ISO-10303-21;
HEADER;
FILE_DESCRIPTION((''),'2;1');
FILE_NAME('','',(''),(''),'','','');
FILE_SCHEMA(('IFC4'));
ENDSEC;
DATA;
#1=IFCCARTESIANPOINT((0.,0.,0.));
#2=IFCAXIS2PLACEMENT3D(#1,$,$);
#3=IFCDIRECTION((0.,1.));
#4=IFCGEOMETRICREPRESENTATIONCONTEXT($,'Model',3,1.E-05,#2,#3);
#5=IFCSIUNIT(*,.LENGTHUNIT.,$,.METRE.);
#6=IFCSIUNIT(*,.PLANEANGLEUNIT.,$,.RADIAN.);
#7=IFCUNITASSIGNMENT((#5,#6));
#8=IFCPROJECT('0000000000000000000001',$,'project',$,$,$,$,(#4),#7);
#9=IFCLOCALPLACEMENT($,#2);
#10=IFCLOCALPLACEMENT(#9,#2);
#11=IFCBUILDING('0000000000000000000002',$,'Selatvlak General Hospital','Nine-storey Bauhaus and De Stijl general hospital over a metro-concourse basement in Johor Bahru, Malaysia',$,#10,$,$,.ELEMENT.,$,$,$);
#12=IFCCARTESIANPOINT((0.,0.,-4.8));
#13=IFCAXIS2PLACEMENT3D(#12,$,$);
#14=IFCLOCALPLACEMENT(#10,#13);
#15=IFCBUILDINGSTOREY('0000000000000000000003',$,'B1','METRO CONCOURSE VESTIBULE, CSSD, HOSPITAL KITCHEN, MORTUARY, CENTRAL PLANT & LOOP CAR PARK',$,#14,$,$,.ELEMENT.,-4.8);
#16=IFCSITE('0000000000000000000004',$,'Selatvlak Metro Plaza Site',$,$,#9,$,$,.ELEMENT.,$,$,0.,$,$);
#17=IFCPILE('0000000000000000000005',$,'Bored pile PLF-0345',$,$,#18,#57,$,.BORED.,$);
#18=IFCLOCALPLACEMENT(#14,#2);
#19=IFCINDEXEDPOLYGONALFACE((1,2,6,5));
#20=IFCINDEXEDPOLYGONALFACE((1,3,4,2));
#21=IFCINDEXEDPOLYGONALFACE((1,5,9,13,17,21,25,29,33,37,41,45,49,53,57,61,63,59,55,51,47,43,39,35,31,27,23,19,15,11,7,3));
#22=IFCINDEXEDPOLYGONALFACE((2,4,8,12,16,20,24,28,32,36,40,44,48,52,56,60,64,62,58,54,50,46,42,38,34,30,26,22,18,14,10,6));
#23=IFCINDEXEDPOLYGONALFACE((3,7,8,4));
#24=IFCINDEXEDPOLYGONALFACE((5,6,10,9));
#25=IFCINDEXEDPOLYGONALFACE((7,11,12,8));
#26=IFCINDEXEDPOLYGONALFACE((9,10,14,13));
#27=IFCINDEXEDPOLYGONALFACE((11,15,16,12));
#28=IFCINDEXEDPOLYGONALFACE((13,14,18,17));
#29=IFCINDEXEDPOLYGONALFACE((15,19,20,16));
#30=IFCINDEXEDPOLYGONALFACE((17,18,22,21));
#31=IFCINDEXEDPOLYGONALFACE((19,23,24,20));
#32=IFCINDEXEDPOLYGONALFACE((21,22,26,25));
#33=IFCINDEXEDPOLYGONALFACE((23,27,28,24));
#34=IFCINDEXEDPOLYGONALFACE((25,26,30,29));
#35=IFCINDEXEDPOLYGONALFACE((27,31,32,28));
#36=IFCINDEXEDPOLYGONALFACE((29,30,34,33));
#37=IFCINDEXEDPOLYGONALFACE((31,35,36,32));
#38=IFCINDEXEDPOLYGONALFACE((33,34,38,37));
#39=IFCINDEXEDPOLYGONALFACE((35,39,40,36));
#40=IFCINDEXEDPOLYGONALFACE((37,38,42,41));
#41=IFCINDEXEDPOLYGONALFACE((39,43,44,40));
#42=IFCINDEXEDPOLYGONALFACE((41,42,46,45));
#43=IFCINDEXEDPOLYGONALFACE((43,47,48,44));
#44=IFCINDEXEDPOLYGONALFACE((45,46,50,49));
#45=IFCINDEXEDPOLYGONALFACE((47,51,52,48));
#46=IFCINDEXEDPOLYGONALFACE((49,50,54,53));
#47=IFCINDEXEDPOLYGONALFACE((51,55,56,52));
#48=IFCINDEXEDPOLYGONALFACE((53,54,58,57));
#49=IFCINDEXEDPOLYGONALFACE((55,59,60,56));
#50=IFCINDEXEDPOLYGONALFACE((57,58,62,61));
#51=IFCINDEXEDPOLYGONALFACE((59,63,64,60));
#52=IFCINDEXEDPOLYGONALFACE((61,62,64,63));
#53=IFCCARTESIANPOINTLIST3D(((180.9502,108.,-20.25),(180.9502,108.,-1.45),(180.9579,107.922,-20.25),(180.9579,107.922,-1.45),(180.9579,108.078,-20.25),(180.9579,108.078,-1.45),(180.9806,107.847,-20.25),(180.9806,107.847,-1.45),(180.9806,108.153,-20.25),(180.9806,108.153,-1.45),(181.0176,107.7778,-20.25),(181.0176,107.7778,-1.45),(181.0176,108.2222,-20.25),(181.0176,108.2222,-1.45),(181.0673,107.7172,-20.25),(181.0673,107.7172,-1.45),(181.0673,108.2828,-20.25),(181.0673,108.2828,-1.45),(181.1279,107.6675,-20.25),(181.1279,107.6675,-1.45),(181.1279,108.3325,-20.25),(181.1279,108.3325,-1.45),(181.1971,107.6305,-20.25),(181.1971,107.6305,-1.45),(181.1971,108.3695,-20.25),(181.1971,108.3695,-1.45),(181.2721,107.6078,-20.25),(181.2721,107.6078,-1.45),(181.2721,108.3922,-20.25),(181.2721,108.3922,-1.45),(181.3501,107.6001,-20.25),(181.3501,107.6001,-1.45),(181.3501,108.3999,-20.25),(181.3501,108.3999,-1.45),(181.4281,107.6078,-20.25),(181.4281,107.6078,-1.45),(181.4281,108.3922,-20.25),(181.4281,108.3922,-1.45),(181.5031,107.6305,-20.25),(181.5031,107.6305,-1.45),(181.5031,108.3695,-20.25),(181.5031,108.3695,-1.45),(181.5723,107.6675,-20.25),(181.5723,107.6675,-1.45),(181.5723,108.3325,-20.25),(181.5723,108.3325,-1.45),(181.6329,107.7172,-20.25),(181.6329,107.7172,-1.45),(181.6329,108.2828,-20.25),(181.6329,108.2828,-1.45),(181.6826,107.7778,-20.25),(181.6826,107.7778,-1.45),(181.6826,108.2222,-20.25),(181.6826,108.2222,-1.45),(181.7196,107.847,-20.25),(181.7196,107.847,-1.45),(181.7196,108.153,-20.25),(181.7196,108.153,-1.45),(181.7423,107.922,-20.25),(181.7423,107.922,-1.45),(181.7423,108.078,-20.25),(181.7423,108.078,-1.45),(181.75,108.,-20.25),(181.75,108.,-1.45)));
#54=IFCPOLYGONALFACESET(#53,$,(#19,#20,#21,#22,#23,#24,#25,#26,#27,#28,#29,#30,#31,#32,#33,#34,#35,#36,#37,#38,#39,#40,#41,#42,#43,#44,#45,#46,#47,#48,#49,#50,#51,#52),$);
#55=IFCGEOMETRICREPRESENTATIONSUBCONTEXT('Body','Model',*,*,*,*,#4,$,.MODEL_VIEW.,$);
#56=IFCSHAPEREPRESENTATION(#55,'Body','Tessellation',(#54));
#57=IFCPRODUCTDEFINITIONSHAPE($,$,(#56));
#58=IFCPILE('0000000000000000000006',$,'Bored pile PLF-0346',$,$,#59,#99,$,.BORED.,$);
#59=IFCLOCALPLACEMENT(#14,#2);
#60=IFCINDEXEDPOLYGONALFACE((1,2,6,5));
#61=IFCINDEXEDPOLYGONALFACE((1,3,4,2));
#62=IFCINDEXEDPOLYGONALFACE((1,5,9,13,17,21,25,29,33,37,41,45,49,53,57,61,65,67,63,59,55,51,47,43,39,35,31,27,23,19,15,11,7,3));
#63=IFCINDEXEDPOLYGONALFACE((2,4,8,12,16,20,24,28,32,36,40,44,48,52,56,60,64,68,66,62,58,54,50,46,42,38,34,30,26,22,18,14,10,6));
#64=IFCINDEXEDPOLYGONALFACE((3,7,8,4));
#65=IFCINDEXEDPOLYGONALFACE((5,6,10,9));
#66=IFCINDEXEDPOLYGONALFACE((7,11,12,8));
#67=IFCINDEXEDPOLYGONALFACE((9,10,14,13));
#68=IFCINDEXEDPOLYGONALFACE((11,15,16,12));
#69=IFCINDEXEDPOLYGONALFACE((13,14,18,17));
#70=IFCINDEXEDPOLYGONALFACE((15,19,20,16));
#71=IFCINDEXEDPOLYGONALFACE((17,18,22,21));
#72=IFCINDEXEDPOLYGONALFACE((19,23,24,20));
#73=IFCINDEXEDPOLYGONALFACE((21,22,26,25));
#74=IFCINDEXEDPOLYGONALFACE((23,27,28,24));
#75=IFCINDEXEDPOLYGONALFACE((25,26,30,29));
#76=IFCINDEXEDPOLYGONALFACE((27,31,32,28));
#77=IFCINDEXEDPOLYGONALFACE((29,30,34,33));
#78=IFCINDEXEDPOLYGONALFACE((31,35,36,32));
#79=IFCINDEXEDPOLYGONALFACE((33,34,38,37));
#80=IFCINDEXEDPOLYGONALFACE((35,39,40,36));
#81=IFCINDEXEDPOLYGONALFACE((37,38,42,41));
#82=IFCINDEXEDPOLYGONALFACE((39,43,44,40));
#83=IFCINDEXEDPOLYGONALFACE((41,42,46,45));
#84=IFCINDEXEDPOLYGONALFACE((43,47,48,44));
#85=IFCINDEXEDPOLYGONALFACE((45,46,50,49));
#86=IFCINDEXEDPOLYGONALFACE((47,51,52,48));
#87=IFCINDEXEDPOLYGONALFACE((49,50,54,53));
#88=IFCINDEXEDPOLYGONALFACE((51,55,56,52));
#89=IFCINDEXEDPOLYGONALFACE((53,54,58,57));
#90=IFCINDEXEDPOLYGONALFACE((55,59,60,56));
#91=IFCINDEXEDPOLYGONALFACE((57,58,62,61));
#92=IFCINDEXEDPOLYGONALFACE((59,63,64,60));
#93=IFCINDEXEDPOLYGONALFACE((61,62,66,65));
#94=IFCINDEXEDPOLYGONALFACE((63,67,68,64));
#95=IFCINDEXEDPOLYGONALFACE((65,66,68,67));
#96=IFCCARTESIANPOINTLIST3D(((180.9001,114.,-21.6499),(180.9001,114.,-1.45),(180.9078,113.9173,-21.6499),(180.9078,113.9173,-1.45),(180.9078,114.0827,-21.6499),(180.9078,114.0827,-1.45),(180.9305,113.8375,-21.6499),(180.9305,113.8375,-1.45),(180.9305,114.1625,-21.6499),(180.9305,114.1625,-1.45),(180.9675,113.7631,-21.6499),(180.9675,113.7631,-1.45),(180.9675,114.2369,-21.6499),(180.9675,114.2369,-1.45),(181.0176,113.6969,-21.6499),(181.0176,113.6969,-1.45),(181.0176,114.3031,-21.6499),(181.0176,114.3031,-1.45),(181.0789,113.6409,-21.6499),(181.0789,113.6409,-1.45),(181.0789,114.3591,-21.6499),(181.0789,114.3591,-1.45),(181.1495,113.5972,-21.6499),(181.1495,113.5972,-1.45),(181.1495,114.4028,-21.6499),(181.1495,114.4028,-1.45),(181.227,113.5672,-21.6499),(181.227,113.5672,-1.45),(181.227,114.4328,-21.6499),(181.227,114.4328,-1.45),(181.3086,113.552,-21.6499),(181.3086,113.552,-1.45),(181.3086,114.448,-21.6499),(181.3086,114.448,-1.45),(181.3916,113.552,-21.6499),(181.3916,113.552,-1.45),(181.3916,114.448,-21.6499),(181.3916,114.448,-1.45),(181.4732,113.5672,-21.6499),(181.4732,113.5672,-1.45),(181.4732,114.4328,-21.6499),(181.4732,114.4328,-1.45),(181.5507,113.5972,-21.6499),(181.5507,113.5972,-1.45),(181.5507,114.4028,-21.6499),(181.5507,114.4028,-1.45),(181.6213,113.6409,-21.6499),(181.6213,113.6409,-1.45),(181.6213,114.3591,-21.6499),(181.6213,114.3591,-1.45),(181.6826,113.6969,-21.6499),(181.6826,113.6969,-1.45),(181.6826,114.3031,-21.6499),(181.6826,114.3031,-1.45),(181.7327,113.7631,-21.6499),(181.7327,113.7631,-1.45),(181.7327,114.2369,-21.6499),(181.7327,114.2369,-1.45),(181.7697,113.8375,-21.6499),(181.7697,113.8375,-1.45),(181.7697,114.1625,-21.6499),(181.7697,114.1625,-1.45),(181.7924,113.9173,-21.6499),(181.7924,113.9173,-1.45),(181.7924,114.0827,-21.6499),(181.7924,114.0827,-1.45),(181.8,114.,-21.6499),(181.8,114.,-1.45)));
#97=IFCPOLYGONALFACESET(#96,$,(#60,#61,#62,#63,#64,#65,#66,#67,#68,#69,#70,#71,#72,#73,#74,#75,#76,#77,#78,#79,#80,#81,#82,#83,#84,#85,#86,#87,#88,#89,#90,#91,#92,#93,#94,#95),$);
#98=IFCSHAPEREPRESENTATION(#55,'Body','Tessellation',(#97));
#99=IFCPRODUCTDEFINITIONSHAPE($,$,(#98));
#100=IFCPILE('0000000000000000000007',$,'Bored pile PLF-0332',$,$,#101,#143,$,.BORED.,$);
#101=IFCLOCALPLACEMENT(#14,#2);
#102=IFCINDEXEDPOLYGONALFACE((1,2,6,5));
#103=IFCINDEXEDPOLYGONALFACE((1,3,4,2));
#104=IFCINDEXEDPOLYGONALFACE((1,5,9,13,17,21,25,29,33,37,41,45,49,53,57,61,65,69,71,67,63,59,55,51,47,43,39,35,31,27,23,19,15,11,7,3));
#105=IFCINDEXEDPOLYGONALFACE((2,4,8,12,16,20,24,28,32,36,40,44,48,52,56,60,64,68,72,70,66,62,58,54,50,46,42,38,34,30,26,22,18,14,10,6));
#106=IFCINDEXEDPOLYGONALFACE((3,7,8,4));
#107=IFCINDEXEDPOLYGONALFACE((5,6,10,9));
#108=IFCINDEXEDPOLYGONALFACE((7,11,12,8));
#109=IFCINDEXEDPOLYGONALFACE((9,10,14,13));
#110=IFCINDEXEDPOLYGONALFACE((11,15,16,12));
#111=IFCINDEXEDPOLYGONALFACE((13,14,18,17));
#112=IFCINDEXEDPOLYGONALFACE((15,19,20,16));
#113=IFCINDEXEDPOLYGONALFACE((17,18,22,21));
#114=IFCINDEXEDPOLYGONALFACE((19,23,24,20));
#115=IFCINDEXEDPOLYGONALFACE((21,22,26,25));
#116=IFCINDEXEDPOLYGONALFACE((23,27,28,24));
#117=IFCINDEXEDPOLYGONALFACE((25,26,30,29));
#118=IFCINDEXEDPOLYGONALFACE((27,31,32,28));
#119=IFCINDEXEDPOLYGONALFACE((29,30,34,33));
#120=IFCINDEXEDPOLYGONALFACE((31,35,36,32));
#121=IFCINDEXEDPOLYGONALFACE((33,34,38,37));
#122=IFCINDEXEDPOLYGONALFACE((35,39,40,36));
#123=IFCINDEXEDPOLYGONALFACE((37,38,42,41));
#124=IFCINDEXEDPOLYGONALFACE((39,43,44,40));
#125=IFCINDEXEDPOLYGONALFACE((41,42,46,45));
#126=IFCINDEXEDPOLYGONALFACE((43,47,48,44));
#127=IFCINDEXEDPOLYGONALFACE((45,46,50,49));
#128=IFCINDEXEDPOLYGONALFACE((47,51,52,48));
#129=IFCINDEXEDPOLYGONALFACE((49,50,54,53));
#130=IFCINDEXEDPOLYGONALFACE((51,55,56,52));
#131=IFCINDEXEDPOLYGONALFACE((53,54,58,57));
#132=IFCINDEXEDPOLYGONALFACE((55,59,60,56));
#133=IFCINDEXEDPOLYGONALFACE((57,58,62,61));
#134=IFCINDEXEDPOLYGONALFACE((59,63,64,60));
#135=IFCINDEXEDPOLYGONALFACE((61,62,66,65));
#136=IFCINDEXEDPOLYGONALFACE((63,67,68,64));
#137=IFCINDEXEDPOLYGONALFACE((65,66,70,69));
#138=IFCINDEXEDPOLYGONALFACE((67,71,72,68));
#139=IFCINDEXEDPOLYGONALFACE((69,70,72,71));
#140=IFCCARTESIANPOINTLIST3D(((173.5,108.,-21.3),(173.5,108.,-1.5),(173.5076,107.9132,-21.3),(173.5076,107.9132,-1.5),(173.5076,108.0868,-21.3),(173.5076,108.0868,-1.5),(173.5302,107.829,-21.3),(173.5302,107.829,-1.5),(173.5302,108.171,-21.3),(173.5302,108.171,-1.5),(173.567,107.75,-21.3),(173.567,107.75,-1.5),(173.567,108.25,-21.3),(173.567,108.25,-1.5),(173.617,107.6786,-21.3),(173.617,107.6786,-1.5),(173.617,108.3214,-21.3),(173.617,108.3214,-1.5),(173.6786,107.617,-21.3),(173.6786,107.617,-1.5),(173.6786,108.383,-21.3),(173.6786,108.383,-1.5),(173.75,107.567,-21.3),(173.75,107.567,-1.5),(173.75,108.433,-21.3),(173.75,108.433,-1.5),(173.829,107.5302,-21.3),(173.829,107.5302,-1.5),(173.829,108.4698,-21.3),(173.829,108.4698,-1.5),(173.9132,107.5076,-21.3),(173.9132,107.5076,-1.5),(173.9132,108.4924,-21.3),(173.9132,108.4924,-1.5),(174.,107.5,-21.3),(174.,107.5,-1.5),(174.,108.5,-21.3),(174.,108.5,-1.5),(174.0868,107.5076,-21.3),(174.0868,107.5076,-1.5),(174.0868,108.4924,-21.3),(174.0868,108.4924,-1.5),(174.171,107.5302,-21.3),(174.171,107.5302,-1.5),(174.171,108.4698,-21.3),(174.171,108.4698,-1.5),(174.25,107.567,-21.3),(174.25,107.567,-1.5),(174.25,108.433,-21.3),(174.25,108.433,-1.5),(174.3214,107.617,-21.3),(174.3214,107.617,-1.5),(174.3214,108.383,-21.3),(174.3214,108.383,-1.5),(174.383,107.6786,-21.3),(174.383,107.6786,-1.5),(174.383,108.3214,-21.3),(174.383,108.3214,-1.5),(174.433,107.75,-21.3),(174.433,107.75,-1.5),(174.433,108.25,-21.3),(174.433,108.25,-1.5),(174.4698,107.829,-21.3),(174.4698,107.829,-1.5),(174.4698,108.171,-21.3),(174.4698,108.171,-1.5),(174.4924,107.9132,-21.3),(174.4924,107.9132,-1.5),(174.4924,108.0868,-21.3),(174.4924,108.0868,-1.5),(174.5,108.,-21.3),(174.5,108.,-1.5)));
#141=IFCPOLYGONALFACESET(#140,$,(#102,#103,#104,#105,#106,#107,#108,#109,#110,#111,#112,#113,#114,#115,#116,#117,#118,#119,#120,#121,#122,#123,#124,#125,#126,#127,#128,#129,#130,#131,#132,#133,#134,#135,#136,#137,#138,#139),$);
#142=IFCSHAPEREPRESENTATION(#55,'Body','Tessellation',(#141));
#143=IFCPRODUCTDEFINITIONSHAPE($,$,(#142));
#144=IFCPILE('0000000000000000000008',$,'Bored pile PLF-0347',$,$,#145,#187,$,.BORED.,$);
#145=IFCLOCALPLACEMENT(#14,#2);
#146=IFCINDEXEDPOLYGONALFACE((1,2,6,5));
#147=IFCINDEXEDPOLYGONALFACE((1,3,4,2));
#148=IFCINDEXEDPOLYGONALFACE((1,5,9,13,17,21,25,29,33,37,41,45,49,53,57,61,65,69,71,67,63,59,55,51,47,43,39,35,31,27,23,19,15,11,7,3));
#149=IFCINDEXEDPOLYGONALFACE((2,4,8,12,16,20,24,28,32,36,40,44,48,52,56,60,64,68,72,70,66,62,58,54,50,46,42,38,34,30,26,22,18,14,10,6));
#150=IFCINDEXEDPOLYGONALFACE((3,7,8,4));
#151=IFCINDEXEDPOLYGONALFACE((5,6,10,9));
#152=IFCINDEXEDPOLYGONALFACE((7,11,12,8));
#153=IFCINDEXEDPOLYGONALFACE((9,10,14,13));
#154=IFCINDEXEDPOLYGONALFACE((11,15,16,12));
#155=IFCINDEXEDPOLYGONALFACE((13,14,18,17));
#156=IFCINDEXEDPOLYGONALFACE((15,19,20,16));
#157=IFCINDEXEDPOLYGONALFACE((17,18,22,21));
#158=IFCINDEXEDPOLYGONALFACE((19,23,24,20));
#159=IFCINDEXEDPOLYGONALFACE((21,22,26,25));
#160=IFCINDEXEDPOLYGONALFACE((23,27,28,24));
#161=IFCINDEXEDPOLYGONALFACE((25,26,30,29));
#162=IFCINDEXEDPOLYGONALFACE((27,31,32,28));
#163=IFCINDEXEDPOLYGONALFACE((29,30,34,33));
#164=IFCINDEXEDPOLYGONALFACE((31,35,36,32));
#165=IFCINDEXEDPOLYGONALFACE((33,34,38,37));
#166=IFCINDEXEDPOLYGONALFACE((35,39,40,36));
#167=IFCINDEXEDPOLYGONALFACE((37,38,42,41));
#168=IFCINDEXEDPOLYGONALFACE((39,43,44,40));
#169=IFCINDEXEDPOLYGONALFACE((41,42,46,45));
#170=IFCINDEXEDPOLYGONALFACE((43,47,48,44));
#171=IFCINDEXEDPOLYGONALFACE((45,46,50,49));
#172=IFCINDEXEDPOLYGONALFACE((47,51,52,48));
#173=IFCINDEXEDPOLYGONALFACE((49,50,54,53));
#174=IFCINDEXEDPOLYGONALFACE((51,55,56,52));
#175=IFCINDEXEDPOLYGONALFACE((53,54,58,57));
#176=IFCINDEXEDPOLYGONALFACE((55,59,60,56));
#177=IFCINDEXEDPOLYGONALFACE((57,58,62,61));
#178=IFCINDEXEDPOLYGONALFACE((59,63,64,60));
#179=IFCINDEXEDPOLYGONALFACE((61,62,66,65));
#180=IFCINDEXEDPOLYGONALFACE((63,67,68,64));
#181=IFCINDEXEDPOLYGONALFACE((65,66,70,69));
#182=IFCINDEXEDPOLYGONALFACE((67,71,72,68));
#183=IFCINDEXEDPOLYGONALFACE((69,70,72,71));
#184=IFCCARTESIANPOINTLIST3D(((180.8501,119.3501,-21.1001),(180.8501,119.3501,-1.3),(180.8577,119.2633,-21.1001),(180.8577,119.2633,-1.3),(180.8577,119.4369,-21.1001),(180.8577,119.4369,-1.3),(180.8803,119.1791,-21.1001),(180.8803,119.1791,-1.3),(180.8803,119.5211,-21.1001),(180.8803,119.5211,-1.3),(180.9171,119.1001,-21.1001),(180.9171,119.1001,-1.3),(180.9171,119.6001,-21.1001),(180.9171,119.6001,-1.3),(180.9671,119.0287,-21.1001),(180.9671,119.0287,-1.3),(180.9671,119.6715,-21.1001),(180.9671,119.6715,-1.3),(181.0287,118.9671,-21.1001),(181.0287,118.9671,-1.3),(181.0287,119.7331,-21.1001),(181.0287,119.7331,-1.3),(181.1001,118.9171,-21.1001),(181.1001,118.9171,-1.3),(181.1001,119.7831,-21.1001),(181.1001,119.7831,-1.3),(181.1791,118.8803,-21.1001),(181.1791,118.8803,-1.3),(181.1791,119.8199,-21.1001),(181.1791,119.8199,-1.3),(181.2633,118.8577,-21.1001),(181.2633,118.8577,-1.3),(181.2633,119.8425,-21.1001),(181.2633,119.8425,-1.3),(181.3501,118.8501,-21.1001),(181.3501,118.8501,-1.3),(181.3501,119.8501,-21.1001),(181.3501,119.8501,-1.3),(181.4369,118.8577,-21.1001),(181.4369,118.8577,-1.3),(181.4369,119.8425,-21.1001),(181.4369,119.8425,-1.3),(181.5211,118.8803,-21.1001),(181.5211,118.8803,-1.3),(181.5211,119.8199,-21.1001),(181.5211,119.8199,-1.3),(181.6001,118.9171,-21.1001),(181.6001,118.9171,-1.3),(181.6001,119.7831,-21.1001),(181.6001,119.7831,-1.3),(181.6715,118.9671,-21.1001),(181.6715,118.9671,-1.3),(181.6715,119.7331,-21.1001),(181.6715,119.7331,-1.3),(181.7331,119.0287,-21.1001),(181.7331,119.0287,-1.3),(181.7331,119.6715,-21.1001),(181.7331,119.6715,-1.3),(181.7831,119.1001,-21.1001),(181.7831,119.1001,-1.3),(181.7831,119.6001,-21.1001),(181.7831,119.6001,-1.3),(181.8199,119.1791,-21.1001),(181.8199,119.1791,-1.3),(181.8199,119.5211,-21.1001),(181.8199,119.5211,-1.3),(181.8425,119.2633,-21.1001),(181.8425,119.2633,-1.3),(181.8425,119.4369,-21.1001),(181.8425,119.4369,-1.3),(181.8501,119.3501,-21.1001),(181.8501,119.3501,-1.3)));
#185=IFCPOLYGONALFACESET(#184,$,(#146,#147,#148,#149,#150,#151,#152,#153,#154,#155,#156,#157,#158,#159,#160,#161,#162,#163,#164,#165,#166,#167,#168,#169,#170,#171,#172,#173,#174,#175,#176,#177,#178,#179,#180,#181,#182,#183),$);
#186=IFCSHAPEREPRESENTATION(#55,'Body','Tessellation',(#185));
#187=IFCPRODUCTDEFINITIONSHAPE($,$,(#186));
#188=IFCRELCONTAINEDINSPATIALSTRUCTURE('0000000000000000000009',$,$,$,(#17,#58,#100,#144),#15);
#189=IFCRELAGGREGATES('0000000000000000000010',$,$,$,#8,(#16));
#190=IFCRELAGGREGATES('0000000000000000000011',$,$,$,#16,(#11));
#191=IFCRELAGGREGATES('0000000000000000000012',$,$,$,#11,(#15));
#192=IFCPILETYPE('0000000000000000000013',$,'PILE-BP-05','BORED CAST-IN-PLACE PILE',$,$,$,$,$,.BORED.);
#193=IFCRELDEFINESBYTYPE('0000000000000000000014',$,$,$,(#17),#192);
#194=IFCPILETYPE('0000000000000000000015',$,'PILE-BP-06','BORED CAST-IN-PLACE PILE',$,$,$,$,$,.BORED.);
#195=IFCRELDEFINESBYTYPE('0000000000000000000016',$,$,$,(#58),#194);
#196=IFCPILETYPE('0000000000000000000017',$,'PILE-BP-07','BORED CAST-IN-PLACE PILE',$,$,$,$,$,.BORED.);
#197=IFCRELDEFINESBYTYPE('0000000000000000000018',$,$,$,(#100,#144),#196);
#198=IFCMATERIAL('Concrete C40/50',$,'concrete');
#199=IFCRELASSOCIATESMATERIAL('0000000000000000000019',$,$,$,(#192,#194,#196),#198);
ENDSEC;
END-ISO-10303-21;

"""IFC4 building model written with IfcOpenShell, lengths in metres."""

from ifc_helpers import new_model, si_unit, direction, frame, origin, origin_2d, place, context, subcontext, project, spatial, circle, extrude, material, material_profile, profile_set, type_object, element, save


model = new_model("IFC4")

# Units and contexts
model_context = context("Model", 3, precision=1e-05, world=origin(), true_north=direction((0.0, 1.0)))
body_context = subcontext(model_context, "Body", "Model", "MODEL_VIEW")
ifc_project = project(units=[si_unit("LENGTHUNIT", "METRE"), si_unit("PLANEANGLEUNIT", "RADIAN")], contexts=[model_context])

# Site, building, storey
site_placement = place(None, origin())
site = spatial("IfcSite", under=ifc_project, at=site_placement, Name="Selatvlak Metro Plaza Site", CompositionType="ELEMENT", RefElevation=0.0)
building_placement = place(site_placement, origin())
building = spatial("IfcBuilding", under=site, at=building_placement, Name="Selatvlak General Hospital", Description="Nine-storey Bauhaus and De Stijl general hospital over a metro-concourse basement in Johor Bahru, Malaysia", CompositionType="ELEMENT")
storey_placement = place(building_placement, frame((0.0, 0.0, -4.8)))
storey = spatial("IfcBuildingStorey", under=building, at=storey_placement, Name="B1", Description="METRO CONCOURSE VESTIBULE, CSSD, HOSPITAL KITCHEN, MORTUARY, CENTRAL PLANT & LOOP CAR PARK", CompositionType="ELEMENT", Elevation=-4.8)

# Shared definitions
ifc_material_1 = material(Name="Concrete C40/50", Category="concrete")

# Piles
ifc_material_profile_1 = material_profile(ifc_material_1, circle(Radius=0.3999, at=origin_2d()), Name="BORED PILE 800")
ifc_profile_set_1 = profile_set([ifc_material_profile_1], Name="Concrete C40/50")
pile_type_1 = type_object("IfcPileType", Name="PILE-BP-05", Description="BORED CAST-IN-PLACE PILE", PredefinedType="BORED", material=ifc_profile_set_1)
pile_1_placement = place(storey_placement, frame((181.3501, 108.0, -1.45), z_axis=(0.0, 0.0, -1.0), x_axis=(1.0, 0.0, 0.0)))
element("IfcPile", 1, at=pile_1_placement, inside=storey, type_object=pile_type_1, Name="Bored pile PLF-0345", PredefinedType="BORED", context=body_context, shape_type="SweptSolid", body=[
    extrude(circle(Radius=0.3999, at=origin_2d()), origin(), (0.0, 0.0, 1.0), 18.8),
])
ifc_material_profile_2 = material_profile(ifc_material_1, circle(Radius=0.45, at=origin_2d()), Name="BORED PILE 900")
ifc_profile_set_2 = profile_set([ifc_material_profile_2], Name="Concrete C40/50")
pile_type_2 = type_object("IfcPileType", Name="PILE-BP-06", Description="BORED CAST-IN-PLACE PILE", PredefinedType="BORED", material=ifc_profile_set_2)
pile_2_placement = place(storey_placement, frame((181.3501, 114.0, -1.45), z_axis=(0.0, 0.0, -1.0), x_axis=(1.0, 0.0, 0.0)))
element("IfcPile", 2, at=pile_2_placement, inside=storey, type_object=pile_type_2, Name="Bored pile PLF-0346", PredefinedType="BORED", context=body_context, shape_type="SweptSolid", body=[
    extrude(circle(Radius=0.45, at=origin_2d()), origin(), (0.0, 0.0, 1.0), 20.2),
])
ifc_material_profile_3 = material_profile(ifc_material_1, circle(Radius=0.5, at=origin_2d()), Name="BORED PILE 1000")
ifc_profile_set_3 = profile_set([ifc_material_profile_3], Name="Concrete C40/50")
pile_type_3 = type_object("IfcPileType", Name="PILE-BP-07", Description="BORED CAST-IN-PLACE PILE", PredefinedType="BORED", material=ifc_profile_set_3)
for number, where, z_axis, x_axis, name in (
    (3, (174.0, 108.0, -1.5), (0.0, 0.0, -1.0), (1.0, 0.0, 0.0), "Bored pile PLF-0332"),
    (4, (181.3501, 119.3501, -1.3), (0.0, 0.0, -1.0), (1.0, 0.0, 0.0), "Bored pile PLF-0347"),
):
    element("IfcPile", number, at=place(storey_placement, frame(where, z_axis=z_axis, x_axis=x_axis)), inside=storey, type_object=pile_type_3, Name=name, PredefinedType="BORED", context=body_context, shape_type="SweptSolid", body=[
        extrude(circle(Radius=0.5, at=origin_2d()), origin(), (0.0, 0.0, 1.0), 19.8),
    ])

save(model, "model.ifc")
